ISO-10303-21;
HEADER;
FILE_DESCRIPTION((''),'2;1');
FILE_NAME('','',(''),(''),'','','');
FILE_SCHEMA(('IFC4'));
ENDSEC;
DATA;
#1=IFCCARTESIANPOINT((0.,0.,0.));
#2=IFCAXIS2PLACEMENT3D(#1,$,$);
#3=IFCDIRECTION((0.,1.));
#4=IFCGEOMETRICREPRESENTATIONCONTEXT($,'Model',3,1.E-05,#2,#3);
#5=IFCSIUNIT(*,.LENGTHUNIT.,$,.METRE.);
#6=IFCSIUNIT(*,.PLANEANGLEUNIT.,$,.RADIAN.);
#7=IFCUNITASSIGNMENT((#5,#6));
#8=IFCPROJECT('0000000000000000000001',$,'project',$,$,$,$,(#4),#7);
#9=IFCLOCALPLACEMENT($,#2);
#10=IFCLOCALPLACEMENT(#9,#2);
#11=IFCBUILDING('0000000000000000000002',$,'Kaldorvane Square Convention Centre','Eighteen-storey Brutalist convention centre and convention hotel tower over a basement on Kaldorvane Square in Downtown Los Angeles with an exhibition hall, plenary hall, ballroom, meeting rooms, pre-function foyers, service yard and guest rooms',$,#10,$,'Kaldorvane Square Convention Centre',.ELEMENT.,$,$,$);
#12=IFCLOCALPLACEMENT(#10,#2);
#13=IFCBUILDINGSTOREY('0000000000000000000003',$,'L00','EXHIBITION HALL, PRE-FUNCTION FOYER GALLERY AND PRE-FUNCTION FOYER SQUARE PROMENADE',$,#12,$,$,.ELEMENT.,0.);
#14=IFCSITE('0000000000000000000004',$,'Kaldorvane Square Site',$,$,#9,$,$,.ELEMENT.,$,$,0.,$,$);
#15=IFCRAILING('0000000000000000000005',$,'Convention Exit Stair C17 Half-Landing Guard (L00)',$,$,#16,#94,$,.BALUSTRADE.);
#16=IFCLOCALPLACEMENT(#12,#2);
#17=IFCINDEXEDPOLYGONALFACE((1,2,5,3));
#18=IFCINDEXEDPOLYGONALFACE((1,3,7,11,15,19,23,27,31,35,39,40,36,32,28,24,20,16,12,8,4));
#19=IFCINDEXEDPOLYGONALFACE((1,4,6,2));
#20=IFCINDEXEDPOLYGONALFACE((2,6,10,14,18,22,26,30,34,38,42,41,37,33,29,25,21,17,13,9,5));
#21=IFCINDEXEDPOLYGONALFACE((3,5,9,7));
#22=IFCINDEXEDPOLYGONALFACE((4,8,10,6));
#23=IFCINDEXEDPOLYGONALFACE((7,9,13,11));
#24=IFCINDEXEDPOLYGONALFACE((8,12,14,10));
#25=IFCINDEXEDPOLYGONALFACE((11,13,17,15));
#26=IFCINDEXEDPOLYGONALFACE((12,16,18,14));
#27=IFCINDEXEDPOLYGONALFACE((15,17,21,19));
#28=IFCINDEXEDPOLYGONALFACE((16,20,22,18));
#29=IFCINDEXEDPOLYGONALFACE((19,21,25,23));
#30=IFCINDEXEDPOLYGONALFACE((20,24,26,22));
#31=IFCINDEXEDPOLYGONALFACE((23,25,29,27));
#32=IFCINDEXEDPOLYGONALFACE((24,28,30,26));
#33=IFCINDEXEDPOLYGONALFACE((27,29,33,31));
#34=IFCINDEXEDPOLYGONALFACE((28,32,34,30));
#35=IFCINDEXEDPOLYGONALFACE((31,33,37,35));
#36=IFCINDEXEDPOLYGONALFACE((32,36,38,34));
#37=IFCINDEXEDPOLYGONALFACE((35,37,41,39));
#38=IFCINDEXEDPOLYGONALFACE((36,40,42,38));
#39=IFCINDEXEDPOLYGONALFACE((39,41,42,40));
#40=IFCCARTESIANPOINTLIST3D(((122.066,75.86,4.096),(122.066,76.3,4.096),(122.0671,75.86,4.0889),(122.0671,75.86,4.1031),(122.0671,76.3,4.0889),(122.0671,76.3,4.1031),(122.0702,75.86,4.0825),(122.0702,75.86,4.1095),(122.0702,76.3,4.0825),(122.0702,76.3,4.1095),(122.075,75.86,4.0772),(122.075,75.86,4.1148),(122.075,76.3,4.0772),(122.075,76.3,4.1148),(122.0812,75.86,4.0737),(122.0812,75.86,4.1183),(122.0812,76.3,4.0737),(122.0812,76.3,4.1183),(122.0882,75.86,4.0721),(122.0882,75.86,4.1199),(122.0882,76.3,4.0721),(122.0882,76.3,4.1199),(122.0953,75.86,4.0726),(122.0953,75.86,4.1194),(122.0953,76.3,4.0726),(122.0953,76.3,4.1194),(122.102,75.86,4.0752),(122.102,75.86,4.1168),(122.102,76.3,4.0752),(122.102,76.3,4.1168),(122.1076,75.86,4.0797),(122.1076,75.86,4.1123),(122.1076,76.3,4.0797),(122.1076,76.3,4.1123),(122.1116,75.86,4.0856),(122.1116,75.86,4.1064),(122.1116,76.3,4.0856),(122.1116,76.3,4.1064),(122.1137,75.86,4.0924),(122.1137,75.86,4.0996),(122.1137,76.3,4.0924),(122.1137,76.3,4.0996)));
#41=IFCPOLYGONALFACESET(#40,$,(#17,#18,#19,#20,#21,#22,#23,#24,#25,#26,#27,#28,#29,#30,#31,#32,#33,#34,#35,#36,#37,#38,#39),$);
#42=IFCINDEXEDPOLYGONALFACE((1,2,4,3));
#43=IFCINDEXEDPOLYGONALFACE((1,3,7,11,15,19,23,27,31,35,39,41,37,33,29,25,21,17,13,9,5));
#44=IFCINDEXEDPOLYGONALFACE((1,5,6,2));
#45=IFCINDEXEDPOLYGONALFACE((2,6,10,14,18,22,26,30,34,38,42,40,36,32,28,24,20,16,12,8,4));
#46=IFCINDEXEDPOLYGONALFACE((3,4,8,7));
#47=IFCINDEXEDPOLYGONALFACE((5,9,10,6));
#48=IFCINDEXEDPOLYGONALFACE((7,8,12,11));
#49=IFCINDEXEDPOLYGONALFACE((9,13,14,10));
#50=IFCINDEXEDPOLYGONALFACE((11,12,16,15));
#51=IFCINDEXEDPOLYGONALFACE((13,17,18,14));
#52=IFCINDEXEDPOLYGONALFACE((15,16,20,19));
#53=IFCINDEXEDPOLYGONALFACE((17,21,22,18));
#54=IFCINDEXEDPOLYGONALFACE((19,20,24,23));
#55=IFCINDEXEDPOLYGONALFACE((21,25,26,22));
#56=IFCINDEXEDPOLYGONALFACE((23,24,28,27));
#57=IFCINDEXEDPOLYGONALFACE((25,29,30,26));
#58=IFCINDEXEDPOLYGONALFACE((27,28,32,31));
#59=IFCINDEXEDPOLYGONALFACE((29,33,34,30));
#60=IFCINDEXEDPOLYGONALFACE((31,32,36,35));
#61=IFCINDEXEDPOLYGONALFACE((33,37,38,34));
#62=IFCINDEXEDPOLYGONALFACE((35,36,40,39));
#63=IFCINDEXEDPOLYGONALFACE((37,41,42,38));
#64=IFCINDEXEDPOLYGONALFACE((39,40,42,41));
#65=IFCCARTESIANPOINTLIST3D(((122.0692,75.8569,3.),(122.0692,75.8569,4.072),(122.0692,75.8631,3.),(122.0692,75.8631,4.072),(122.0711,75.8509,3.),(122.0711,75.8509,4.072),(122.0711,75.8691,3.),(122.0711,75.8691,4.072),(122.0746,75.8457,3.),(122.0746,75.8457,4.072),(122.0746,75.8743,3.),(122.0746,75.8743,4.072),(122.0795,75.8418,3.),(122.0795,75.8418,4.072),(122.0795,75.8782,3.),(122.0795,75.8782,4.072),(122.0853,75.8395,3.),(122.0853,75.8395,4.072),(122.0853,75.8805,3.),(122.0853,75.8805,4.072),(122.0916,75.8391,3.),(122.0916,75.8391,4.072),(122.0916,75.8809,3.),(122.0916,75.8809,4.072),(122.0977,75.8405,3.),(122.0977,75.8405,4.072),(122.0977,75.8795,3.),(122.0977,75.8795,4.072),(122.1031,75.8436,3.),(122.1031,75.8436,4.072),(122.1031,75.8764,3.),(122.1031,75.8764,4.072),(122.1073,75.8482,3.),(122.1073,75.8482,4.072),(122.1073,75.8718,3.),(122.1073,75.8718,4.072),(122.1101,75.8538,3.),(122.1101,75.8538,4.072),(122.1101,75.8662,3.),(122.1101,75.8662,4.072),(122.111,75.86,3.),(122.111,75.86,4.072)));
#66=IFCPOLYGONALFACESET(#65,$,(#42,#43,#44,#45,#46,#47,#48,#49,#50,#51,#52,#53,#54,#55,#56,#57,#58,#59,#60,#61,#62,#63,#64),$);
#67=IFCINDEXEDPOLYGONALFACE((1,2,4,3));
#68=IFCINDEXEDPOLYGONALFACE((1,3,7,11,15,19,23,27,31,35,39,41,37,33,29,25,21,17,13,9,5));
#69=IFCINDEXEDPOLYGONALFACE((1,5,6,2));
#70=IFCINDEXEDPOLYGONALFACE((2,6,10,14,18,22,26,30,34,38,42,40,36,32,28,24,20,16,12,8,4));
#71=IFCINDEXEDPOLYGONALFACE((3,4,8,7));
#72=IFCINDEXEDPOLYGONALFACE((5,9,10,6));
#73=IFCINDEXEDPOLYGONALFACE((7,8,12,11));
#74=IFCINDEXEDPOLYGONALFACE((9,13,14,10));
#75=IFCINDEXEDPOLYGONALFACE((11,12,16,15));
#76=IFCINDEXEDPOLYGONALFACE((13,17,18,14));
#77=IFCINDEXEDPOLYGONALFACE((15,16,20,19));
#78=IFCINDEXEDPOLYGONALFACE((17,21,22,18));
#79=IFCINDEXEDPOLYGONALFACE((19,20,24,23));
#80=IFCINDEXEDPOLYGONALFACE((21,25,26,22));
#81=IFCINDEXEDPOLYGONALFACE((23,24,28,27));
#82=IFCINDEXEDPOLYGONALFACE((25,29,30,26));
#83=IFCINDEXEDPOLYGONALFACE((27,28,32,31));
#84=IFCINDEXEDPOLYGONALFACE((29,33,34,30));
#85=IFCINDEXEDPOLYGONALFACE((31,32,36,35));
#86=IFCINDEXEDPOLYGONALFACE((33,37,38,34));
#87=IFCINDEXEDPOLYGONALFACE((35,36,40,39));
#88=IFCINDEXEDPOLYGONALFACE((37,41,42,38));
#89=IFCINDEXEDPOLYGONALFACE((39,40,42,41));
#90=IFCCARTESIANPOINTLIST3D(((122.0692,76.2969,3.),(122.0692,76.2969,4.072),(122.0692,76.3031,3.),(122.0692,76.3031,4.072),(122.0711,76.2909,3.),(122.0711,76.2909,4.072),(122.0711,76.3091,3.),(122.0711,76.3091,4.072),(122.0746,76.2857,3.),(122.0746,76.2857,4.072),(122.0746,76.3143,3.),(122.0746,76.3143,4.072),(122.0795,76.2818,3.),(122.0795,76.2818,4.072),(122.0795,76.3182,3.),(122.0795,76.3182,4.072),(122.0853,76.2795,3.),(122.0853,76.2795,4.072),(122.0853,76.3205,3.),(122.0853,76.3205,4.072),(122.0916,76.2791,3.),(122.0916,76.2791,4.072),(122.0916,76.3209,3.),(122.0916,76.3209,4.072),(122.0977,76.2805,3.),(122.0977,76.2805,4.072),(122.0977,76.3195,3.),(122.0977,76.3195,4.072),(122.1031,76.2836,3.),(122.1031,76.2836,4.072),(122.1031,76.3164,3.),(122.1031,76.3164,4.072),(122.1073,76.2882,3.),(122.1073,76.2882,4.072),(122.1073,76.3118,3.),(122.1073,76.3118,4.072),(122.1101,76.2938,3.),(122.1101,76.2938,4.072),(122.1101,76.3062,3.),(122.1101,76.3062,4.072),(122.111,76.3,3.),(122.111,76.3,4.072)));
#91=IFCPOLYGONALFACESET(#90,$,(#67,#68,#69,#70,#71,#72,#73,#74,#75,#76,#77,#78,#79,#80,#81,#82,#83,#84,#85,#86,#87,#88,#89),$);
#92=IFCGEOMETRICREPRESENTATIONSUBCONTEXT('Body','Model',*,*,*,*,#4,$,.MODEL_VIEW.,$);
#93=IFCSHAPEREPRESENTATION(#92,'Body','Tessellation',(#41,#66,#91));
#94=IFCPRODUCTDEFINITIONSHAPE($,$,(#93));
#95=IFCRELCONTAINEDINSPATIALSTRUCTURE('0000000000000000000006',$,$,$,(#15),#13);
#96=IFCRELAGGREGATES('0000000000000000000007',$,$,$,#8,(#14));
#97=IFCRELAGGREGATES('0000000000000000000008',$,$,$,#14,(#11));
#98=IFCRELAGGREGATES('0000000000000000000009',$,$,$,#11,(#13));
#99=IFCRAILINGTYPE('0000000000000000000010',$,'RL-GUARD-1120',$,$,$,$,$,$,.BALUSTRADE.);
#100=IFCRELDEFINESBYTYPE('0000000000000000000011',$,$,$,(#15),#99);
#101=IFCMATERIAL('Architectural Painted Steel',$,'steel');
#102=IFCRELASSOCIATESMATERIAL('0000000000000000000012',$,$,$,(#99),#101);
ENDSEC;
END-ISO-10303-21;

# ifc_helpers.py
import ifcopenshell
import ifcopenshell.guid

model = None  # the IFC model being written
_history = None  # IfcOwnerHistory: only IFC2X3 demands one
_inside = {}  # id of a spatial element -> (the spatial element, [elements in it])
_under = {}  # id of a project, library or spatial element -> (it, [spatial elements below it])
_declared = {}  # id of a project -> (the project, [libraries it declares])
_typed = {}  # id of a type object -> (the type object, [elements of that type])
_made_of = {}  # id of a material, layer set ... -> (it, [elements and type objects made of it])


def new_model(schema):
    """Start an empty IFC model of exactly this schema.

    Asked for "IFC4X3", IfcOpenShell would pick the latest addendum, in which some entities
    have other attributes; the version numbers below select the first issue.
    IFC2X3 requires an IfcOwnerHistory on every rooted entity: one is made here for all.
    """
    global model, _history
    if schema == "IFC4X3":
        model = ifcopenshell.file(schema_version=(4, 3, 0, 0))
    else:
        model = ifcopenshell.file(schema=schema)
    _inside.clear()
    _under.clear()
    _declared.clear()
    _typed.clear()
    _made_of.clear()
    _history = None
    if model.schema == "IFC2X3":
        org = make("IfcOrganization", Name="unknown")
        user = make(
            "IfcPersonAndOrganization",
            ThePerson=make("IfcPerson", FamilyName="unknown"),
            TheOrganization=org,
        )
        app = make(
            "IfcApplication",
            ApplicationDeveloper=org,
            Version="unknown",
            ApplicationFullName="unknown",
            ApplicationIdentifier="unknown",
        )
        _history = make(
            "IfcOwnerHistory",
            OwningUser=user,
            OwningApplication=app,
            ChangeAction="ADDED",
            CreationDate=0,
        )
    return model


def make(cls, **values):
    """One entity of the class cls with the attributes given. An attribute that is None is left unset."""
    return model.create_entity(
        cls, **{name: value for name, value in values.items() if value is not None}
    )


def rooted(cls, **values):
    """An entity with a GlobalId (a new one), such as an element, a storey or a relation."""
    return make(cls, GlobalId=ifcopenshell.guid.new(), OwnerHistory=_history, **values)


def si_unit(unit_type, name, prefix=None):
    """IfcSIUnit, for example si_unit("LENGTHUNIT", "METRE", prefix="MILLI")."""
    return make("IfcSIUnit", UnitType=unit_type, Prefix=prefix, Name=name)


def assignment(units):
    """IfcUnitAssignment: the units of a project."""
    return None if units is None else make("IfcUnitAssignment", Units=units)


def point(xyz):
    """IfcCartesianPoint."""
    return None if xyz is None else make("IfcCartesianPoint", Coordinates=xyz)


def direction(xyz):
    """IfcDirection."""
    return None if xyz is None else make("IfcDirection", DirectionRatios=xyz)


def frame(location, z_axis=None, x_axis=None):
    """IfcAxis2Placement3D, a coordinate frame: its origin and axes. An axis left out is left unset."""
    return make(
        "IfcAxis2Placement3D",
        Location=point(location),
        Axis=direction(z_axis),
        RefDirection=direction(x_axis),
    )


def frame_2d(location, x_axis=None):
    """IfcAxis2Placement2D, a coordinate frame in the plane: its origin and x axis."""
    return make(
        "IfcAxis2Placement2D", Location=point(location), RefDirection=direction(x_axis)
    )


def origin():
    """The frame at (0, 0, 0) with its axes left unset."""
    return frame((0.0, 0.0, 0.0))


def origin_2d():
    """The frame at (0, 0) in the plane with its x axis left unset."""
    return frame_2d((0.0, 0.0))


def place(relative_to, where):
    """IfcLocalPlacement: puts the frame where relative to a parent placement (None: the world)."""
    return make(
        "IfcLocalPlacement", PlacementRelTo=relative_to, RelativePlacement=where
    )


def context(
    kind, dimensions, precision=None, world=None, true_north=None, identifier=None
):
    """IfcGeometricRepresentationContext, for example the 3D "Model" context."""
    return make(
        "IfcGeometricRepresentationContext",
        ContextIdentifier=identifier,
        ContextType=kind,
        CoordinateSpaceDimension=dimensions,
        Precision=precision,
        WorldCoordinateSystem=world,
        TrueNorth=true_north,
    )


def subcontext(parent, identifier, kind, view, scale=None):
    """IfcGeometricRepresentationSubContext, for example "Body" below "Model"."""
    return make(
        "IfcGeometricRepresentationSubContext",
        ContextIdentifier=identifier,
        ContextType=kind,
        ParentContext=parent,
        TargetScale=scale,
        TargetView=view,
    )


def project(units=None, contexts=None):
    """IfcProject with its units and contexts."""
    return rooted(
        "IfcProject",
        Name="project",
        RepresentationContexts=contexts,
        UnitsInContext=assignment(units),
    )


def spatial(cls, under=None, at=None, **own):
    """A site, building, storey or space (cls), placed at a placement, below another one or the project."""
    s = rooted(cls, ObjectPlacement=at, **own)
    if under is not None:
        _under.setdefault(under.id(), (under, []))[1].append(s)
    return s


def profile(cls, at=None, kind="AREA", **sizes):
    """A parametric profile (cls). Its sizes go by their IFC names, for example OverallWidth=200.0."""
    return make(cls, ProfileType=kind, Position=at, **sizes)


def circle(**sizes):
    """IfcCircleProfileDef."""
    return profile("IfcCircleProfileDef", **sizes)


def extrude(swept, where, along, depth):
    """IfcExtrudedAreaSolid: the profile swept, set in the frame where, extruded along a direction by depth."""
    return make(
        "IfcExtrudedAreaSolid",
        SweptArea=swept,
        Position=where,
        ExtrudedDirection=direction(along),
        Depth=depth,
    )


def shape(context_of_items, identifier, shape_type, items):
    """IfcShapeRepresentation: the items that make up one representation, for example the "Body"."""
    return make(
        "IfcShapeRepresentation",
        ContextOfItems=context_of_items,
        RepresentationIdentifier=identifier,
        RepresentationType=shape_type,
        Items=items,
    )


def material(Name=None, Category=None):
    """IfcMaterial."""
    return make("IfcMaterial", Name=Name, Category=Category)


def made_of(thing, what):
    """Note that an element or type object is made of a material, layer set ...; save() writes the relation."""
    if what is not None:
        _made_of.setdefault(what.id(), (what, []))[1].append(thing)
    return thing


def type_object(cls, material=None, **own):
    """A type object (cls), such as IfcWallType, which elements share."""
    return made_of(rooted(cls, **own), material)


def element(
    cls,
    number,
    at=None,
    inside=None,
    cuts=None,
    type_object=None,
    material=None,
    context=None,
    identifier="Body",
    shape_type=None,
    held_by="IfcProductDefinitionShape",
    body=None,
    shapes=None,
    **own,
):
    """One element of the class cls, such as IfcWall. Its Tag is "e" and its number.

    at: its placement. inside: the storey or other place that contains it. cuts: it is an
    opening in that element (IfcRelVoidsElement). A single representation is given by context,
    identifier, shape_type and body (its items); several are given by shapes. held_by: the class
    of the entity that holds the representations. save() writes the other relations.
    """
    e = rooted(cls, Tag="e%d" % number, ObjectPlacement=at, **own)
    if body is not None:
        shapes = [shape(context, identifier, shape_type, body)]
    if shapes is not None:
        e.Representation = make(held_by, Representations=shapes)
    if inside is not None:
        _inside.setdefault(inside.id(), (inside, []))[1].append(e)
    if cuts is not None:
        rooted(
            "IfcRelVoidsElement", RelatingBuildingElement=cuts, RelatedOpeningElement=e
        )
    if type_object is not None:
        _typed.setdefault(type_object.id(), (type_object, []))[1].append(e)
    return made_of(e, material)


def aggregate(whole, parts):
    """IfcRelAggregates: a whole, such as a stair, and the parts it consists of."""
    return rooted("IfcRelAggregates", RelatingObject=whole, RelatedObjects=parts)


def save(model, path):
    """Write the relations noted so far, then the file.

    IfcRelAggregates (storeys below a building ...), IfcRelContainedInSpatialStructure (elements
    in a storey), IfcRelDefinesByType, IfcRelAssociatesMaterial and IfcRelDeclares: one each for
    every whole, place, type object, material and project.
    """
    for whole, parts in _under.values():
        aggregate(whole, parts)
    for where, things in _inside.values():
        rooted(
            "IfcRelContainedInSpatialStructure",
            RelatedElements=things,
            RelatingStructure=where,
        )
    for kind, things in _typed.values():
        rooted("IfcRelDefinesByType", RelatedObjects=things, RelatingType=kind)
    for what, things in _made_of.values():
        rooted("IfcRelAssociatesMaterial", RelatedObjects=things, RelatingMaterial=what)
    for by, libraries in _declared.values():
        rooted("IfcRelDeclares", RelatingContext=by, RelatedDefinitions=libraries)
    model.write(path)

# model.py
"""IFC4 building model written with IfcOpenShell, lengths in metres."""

from ifc_helpers import new_model, si_unit, direction, frame, origin, origin_2d, place, context, subcontext, project, spatial, circle, extrude, material, type_object, element, save


model = new_model("IFC4")

# Units and contexts
model_context = context("Model", 3, precision=1e-05, world=origin(), true_north=direction((0.0, 1.0)))
body_context = subcontext(model_context, "Body", "Model", "MODEL_VIEW")
ifc_project = project(units=[si_unit("LENGTHUNIT", "METRE"), si_unit("PLANEANGLEUNIT", "RADIAN")], contexts=[model_context])

# Site, building, storey
site_placement = place(None, origin())
site = spatial("IfcSite", under=ifc_project, at=site_placement, Name="Kaldorvane Square Site", CompositionType="ELEMENT", RefElevation=0.0)
building_placement = place(site_placement, origin())
building = spatial("IfcBuilding", under=site, at=building_placement, Name="Kaldorvane Square Convention Centre", Description="Eighteen-storey Brutalist convention centre and convention hotel tower over a basement on Kaldorvane Square in Downtown Los Angeles with an exhibition hall, plenary hall, ballroom, meeting rooms, pre-function foyers, service yard and guest rooms", LongName="Kaldorvane Square Convention Centre", CompositionType="ELEMENT")
storey_placement = place(building_placement, origin())
storey = spatial("IfcBuildingStorey", under=building, at=storey_placement, Name="L00", Description="EXHIBITION HALL, PRE-FUNCTION FOYER GALLERY AND PRE-FUNCTION FOYER SQUARE PROMENADE", CompositionType="ELEMENT", Elevation=0.0)

# Railing
ifc_material_1 = material(Name="Architectural Painted Steel", Category="steel")
railing_type_1 = type_object("IfcRailingType", Name="RL-GUARD-1120", PredefinedType="BALUSTRADE", material=ifc_material_1)
for number, where, name in (
    (1, (122.09, 75.86, 3.0), "Convention Exit Stair C17 Half-Landing Guard (L00)"),
):
    element("IfcRailing", number, at=place(storey_placement, frame(where)), inside=storey, type_object=railing_type_1, Name=name, PredefinedType="BALUSTRADE", context=body_context, shape_type="SweptSolid", body=[
        extrude(circle(Radius=0.024, at=origin_2d()), frame((0.0, 0.0, 1.096), z_axis=(0.0, 1.0, 0.0), x_axis=(-1.0, 0.0, 0.0)), (0.0, 0.0, 1.0), 0.44),
        extrude(circle(Radius=0.021, at=origin_2d()), origin(), (0.0, 0.0, 1.0), 1.072),
        extrude(circle(Radius=0.021, at=origin_2d()), frame((0.0, 0.44, 0.0)), (0.0, 0.0, 1.0), 1.072),
    ])

save(model, "model.ifc")
